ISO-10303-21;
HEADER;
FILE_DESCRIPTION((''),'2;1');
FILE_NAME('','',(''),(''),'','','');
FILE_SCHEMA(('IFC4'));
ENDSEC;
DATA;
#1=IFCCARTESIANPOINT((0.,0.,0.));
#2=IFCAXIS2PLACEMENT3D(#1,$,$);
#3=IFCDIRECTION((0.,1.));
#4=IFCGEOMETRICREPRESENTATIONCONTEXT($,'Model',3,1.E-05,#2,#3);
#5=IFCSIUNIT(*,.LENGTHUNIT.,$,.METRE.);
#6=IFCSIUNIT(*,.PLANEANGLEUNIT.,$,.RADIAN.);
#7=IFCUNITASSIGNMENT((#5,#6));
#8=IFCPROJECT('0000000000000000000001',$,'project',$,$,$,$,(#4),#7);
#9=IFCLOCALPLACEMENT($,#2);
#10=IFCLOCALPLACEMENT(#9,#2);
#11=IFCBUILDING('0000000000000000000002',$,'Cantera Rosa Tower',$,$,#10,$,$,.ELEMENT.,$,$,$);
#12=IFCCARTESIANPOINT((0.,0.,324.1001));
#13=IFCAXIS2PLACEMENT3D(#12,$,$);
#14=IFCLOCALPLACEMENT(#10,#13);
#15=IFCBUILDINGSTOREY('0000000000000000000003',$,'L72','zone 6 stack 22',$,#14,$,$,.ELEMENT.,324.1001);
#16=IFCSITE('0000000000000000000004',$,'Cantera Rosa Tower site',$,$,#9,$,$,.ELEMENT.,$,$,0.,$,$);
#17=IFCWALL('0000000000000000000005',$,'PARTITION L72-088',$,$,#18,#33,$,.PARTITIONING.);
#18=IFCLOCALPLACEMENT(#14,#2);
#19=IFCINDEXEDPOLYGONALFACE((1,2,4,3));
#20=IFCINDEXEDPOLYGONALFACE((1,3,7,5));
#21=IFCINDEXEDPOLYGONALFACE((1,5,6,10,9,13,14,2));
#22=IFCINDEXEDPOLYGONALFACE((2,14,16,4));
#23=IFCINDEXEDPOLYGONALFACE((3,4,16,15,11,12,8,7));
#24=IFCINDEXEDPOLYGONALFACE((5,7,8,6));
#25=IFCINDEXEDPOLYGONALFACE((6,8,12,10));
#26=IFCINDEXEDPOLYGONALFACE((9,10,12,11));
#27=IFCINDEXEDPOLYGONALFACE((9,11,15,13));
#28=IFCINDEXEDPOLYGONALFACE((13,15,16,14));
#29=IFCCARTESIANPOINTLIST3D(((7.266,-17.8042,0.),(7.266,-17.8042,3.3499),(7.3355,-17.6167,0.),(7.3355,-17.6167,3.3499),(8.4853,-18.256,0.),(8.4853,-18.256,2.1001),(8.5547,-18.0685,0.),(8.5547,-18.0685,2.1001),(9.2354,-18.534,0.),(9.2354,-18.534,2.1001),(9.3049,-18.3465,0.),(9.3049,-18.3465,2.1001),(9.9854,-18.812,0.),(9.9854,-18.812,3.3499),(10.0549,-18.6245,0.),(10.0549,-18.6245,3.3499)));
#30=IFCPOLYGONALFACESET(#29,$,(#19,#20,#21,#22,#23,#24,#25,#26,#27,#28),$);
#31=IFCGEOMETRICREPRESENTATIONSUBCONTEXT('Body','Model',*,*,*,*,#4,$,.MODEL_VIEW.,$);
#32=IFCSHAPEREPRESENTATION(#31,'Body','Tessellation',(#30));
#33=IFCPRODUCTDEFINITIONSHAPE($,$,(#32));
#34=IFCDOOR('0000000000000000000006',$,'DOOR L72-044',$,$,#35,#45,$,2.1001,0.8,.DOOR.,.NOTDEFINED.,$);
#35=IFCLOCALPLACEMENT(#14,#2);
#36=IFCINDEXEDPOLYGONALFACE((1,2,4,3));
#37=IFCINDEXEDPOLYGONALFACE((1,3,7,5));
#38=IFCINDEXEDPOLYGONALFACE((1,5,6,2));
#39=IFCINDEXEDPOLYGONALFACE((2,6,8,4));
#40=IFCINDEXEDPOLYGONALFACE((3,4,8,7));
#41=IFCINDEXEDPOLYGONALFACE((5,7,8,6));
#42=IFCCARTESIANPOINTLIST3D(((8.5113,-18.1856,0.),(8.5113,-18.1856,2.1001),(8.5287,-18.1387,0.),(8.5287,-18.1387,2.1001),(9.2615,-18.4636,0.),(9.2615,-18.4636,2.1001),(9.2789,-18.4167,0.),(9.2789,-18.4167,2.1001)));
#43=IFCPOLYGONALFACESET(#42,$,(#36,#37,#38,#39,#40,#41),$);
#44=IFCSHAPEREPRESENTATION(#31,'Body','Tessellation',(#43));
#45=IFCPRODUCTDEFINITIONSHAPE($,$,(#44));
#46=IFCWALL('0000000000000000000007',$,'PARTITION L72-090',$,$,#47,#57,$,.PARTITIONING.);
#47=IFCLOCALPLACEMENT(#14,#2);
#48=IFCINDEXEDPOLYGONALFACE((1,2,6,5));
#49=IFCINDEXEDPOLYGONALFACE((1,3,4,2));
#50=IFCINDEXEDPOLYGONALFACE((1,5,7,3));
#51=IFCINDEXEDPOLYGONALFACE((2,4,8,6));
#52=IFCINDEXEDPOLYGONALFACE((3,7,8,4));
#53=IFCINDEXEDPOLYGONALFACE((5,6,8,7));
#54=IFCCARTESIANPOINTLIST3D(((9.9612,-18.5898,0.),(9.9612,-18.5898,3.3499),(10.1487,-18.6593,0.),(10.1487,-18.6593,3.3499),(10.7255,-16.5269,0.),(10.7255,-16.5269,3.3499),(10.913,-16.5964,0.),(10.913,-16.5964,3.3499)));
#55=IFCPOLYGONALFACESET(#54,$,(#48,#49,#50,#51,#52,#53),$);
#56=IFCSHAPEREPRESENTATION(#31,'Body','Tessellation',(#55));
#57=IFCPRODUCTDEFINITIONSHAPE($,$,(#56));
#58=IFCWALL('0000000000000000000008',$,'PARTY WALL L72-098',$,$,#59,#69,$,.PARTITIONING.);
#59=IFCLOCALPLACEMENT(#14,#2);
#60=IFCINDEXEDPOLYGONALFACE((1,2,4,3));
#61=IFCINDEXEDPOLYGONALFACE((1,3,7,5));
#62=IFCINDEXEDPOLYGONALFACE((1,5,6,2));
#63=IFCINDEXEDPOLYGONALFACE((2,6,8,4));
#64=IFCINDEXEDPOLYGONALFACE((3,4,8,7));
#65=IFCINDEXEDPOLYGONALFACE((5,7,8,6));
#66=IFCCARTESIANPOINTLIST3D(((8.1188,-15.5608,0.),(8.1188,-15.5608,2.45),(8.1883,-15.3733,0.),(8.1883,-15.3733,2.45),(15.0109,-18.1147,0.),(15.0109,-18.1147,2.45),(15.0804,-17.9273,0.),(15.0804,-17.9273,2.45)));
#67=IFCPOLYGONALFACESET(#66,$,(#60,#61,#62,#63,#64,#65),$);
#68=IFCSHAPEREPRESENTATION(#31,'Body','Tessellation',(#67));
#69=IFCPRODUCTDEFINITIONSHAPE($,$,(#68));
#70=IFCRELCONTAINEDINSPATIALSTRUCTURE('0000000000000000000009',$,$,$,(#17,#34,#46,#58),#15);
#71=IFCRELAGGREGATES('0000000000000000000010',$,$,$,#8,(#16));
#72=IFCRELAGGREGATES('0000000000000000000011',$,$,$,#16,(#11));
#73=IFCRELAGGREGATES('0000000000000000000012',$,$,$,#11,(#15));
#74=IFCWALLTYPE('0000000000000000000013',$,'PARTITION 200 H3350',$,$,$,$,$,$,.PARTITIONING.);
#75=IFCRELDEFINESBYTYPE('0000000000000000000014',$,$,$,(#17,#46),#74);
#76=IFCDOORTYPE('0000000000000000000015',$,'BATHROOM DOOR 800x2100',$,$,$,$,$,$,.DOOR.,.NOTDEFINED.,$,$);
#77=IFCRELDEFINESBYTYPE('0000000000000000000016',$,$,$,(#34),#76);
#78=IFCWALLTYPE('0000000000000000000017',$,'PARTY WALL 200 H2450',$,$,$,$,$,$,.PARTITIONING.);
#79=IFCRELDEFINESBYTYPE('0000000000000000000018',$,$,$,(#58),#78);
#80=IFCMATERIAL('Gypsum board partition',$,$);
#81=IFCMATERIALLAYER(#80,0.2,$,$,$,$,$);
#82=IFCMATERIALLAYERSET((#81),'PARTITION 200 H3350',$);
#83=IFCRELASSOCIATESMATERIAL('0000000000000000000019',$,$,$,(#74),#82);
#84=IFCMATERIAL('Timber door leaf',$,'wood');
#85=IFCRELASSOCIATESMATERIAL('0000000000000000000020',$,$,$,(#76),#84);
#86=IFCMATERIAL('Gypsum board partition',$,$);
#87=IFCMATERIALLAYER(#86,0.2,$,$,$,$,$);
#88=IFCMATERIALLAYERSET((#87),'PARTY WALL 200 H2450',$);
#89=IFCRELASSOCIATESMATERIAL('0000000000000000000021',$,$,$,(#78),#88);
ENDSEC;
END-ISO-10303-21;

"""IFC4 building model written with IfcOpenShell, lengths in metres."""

from ifc_helpers import new_model, si_unit, direction, frame, frame_2d, origin, place, context, subcontext, project, spatial, rectangle, extrude, material, layer, layer_set, type_object, element, fill, save


model = new_model("IFC4")

# Units and contexts
model_context = context("Model", 3, precision=1e-05, world=origin(), true_north=direction((0.0, 1.0)))
body_context = subcontext(model_context, "Body", "Model", "MODEL_VIEW")
ifc_project = project(units=[si_unit("LENGTHUNIT", "METRE"), si_unit("PLANEANGLEUNIT", "RADIAN")], contexts=[model_context])

# Site, building, storey
site_placement = place(None, origin())
site = spatial("IfcSite", under=ifc_project, at=site_placement, Name="Cantera Rosa Tower site", CompositionType="ELEMENT", RefElevation=0.0)
building_placement = place(site_placement, origin())
building = spatial("IfcBuilding", under=site, at=building_placement, Name="Cantera Rosa Tower", CompositionType="ELEMENT")
storey_placement = place(building_placement, frame((0.0, 0.0, 324.1001)))
storey = spatial("IfcBuildingStorey", under=building, at=storey_placement, Name="L72", Description="zone 6 stack 22", CompositionType="ELEMENT", Elevation=324.1001)

# Wall, opening, door
ifc_material_1 = material(Name="Gypsum board partition")
ifc_layer_1 = layer(ifc_material_1, 0.2)
ifc_layer_set_1 = layer_set([ifc_layer_1], Name="PARTITION 200 H3350")
wall_type_1 = type_object("IfcWallType", Name="PARTITION 200 H3350", PredefinedType="PARTITIONING", material=ifc_layer_set_1)
wall_1_placement = place(storey_placement, frame((10.0203, -18.7183, 0.0), z_axis=(0.0, 0.0, 1.0), x_axis=(-0.937682, 0.347495, 0.0)))
wall_1 = element("IfcWall", 1, at=wall_1_placement, inside=storey, type_object=wall_type_1, Name="PARTITION L72-088", PredefinedType="PARTITIONING", context=body_context, shape_type="SweptSolid", body=[
    extrude(rectangle(XDim=2.9001, YDim=0.2, at=frame_2d((1.4502, 0.0))), origin(), (0.0, 0.0, 1.0), 3.3499),
])
opening_1_placement = place(wall_1_placement, frame((0.8, 0.0, 0.0)))
opening_1 = element("IfcOpeningElement", 2, at=opening_1_placement, cuts=wall_1, PredefinedType="OPENING", context=body_context, shape_type="SweptSolid", body=[
    extrude(rectangle(XDim=0.8, YDim=2.1001, at=frame_2d((0.3999, 1.05))), frame((0.0, 0.1099, 0.0), z_axis=(0.0, -1.0, 0.0), x_axis=(1.0, 0.0, 0.0)), (0.0, 0.0, 1.0), 0.22),
])
ifc_material_2 = material(Name="Timber door leaf", Category="wood")
door_type_1 = type_object("IfcDoorType", Name="BATHROOM DOOR 800x2100", OperationType="NOTDEFINED", PredefinedType="DOOR", material=ifc_material_2)
door_1_placement = place(opening_1_placement, origin())
door_1 = element("IfcDoor", 3, at=door_1_placement, inside=storey, type_object=door_type_1, Name="DOOR L72-044", OperationType="NOTDEFINED", OverallHeight=2.1001, OverallWidth=0.8, PredefinedType="DOOR", context=body_context, shape_type="SweptSolid", body=[
    extrude(rectangle(XDim=0.8, YDim=2.1001, at=frame_2d((0.3999, 1.05))), frame((0.0, 0.0249, 0.0), z_axis=(0.0, -1.0, 0.0), x_axis=(1.0, 0.0, 0.0)), (0.0, 0.0, 1.0), 0.05),
])
fill(opening_1, door_1)

# Walls
wall_2_placement = place(storey_placement, frame((10.8193, -16.5615, 0.0), z_axis=(0.0, 0.0, 1.0), x_axis=(-0.347448, -0.937699, 0.0)))
element("IfcWall", 4, at=wall_2_placement, inside=storey, type_object=wall_type_1, Name="PARTITION L72-090", PredefinedType="PARTITIONING", context=body_context, shape_type="SweptSolid", body=[
    extrude(rectangle(XDim=2.2, YDim=0.2, at=frame_2d((1.1001, 0.0))), origin(), (0.0, 0.0, 1.0), 3.3499),
])
ifc_material_3 = material(Name="Gypsum board partition")
ifc_layer_2 = layer(ifc_material_3, 0.2)
ifc_layer_set_2 = layer_set([ifc_layer_2], Name="PARTY WALL 200 H2450")
wall_type_2 = type_object("IfcWallType", Name="PARTY WALL 200 H2450", PredefinedType="PARTITIONING", material=ifc_layer_set_2)
wall_3_placement = place(storey_placement, frame((15.0457, -18.021, 0.0), z_axis=(0.0, 0.0, 1.0), x_axis=(-0.93769, 0.347473, 0.0)))
element("IfcWall", 5, at=wall_3_placement, inside=storey, type_object=wall_type_2, Name="PARTY WALL L72-098", PredefinedType="PARTITIONING", context=body_context, shape_type="SweptSolid", body=[
    extrude(rectangle(XDim=7.3501, YDim=0.2, at=frame_2d((3.675, 0.0))), origin(), (0.0, 0.0, 1.0), 2.45),
])

save(model, "model.ifc")
